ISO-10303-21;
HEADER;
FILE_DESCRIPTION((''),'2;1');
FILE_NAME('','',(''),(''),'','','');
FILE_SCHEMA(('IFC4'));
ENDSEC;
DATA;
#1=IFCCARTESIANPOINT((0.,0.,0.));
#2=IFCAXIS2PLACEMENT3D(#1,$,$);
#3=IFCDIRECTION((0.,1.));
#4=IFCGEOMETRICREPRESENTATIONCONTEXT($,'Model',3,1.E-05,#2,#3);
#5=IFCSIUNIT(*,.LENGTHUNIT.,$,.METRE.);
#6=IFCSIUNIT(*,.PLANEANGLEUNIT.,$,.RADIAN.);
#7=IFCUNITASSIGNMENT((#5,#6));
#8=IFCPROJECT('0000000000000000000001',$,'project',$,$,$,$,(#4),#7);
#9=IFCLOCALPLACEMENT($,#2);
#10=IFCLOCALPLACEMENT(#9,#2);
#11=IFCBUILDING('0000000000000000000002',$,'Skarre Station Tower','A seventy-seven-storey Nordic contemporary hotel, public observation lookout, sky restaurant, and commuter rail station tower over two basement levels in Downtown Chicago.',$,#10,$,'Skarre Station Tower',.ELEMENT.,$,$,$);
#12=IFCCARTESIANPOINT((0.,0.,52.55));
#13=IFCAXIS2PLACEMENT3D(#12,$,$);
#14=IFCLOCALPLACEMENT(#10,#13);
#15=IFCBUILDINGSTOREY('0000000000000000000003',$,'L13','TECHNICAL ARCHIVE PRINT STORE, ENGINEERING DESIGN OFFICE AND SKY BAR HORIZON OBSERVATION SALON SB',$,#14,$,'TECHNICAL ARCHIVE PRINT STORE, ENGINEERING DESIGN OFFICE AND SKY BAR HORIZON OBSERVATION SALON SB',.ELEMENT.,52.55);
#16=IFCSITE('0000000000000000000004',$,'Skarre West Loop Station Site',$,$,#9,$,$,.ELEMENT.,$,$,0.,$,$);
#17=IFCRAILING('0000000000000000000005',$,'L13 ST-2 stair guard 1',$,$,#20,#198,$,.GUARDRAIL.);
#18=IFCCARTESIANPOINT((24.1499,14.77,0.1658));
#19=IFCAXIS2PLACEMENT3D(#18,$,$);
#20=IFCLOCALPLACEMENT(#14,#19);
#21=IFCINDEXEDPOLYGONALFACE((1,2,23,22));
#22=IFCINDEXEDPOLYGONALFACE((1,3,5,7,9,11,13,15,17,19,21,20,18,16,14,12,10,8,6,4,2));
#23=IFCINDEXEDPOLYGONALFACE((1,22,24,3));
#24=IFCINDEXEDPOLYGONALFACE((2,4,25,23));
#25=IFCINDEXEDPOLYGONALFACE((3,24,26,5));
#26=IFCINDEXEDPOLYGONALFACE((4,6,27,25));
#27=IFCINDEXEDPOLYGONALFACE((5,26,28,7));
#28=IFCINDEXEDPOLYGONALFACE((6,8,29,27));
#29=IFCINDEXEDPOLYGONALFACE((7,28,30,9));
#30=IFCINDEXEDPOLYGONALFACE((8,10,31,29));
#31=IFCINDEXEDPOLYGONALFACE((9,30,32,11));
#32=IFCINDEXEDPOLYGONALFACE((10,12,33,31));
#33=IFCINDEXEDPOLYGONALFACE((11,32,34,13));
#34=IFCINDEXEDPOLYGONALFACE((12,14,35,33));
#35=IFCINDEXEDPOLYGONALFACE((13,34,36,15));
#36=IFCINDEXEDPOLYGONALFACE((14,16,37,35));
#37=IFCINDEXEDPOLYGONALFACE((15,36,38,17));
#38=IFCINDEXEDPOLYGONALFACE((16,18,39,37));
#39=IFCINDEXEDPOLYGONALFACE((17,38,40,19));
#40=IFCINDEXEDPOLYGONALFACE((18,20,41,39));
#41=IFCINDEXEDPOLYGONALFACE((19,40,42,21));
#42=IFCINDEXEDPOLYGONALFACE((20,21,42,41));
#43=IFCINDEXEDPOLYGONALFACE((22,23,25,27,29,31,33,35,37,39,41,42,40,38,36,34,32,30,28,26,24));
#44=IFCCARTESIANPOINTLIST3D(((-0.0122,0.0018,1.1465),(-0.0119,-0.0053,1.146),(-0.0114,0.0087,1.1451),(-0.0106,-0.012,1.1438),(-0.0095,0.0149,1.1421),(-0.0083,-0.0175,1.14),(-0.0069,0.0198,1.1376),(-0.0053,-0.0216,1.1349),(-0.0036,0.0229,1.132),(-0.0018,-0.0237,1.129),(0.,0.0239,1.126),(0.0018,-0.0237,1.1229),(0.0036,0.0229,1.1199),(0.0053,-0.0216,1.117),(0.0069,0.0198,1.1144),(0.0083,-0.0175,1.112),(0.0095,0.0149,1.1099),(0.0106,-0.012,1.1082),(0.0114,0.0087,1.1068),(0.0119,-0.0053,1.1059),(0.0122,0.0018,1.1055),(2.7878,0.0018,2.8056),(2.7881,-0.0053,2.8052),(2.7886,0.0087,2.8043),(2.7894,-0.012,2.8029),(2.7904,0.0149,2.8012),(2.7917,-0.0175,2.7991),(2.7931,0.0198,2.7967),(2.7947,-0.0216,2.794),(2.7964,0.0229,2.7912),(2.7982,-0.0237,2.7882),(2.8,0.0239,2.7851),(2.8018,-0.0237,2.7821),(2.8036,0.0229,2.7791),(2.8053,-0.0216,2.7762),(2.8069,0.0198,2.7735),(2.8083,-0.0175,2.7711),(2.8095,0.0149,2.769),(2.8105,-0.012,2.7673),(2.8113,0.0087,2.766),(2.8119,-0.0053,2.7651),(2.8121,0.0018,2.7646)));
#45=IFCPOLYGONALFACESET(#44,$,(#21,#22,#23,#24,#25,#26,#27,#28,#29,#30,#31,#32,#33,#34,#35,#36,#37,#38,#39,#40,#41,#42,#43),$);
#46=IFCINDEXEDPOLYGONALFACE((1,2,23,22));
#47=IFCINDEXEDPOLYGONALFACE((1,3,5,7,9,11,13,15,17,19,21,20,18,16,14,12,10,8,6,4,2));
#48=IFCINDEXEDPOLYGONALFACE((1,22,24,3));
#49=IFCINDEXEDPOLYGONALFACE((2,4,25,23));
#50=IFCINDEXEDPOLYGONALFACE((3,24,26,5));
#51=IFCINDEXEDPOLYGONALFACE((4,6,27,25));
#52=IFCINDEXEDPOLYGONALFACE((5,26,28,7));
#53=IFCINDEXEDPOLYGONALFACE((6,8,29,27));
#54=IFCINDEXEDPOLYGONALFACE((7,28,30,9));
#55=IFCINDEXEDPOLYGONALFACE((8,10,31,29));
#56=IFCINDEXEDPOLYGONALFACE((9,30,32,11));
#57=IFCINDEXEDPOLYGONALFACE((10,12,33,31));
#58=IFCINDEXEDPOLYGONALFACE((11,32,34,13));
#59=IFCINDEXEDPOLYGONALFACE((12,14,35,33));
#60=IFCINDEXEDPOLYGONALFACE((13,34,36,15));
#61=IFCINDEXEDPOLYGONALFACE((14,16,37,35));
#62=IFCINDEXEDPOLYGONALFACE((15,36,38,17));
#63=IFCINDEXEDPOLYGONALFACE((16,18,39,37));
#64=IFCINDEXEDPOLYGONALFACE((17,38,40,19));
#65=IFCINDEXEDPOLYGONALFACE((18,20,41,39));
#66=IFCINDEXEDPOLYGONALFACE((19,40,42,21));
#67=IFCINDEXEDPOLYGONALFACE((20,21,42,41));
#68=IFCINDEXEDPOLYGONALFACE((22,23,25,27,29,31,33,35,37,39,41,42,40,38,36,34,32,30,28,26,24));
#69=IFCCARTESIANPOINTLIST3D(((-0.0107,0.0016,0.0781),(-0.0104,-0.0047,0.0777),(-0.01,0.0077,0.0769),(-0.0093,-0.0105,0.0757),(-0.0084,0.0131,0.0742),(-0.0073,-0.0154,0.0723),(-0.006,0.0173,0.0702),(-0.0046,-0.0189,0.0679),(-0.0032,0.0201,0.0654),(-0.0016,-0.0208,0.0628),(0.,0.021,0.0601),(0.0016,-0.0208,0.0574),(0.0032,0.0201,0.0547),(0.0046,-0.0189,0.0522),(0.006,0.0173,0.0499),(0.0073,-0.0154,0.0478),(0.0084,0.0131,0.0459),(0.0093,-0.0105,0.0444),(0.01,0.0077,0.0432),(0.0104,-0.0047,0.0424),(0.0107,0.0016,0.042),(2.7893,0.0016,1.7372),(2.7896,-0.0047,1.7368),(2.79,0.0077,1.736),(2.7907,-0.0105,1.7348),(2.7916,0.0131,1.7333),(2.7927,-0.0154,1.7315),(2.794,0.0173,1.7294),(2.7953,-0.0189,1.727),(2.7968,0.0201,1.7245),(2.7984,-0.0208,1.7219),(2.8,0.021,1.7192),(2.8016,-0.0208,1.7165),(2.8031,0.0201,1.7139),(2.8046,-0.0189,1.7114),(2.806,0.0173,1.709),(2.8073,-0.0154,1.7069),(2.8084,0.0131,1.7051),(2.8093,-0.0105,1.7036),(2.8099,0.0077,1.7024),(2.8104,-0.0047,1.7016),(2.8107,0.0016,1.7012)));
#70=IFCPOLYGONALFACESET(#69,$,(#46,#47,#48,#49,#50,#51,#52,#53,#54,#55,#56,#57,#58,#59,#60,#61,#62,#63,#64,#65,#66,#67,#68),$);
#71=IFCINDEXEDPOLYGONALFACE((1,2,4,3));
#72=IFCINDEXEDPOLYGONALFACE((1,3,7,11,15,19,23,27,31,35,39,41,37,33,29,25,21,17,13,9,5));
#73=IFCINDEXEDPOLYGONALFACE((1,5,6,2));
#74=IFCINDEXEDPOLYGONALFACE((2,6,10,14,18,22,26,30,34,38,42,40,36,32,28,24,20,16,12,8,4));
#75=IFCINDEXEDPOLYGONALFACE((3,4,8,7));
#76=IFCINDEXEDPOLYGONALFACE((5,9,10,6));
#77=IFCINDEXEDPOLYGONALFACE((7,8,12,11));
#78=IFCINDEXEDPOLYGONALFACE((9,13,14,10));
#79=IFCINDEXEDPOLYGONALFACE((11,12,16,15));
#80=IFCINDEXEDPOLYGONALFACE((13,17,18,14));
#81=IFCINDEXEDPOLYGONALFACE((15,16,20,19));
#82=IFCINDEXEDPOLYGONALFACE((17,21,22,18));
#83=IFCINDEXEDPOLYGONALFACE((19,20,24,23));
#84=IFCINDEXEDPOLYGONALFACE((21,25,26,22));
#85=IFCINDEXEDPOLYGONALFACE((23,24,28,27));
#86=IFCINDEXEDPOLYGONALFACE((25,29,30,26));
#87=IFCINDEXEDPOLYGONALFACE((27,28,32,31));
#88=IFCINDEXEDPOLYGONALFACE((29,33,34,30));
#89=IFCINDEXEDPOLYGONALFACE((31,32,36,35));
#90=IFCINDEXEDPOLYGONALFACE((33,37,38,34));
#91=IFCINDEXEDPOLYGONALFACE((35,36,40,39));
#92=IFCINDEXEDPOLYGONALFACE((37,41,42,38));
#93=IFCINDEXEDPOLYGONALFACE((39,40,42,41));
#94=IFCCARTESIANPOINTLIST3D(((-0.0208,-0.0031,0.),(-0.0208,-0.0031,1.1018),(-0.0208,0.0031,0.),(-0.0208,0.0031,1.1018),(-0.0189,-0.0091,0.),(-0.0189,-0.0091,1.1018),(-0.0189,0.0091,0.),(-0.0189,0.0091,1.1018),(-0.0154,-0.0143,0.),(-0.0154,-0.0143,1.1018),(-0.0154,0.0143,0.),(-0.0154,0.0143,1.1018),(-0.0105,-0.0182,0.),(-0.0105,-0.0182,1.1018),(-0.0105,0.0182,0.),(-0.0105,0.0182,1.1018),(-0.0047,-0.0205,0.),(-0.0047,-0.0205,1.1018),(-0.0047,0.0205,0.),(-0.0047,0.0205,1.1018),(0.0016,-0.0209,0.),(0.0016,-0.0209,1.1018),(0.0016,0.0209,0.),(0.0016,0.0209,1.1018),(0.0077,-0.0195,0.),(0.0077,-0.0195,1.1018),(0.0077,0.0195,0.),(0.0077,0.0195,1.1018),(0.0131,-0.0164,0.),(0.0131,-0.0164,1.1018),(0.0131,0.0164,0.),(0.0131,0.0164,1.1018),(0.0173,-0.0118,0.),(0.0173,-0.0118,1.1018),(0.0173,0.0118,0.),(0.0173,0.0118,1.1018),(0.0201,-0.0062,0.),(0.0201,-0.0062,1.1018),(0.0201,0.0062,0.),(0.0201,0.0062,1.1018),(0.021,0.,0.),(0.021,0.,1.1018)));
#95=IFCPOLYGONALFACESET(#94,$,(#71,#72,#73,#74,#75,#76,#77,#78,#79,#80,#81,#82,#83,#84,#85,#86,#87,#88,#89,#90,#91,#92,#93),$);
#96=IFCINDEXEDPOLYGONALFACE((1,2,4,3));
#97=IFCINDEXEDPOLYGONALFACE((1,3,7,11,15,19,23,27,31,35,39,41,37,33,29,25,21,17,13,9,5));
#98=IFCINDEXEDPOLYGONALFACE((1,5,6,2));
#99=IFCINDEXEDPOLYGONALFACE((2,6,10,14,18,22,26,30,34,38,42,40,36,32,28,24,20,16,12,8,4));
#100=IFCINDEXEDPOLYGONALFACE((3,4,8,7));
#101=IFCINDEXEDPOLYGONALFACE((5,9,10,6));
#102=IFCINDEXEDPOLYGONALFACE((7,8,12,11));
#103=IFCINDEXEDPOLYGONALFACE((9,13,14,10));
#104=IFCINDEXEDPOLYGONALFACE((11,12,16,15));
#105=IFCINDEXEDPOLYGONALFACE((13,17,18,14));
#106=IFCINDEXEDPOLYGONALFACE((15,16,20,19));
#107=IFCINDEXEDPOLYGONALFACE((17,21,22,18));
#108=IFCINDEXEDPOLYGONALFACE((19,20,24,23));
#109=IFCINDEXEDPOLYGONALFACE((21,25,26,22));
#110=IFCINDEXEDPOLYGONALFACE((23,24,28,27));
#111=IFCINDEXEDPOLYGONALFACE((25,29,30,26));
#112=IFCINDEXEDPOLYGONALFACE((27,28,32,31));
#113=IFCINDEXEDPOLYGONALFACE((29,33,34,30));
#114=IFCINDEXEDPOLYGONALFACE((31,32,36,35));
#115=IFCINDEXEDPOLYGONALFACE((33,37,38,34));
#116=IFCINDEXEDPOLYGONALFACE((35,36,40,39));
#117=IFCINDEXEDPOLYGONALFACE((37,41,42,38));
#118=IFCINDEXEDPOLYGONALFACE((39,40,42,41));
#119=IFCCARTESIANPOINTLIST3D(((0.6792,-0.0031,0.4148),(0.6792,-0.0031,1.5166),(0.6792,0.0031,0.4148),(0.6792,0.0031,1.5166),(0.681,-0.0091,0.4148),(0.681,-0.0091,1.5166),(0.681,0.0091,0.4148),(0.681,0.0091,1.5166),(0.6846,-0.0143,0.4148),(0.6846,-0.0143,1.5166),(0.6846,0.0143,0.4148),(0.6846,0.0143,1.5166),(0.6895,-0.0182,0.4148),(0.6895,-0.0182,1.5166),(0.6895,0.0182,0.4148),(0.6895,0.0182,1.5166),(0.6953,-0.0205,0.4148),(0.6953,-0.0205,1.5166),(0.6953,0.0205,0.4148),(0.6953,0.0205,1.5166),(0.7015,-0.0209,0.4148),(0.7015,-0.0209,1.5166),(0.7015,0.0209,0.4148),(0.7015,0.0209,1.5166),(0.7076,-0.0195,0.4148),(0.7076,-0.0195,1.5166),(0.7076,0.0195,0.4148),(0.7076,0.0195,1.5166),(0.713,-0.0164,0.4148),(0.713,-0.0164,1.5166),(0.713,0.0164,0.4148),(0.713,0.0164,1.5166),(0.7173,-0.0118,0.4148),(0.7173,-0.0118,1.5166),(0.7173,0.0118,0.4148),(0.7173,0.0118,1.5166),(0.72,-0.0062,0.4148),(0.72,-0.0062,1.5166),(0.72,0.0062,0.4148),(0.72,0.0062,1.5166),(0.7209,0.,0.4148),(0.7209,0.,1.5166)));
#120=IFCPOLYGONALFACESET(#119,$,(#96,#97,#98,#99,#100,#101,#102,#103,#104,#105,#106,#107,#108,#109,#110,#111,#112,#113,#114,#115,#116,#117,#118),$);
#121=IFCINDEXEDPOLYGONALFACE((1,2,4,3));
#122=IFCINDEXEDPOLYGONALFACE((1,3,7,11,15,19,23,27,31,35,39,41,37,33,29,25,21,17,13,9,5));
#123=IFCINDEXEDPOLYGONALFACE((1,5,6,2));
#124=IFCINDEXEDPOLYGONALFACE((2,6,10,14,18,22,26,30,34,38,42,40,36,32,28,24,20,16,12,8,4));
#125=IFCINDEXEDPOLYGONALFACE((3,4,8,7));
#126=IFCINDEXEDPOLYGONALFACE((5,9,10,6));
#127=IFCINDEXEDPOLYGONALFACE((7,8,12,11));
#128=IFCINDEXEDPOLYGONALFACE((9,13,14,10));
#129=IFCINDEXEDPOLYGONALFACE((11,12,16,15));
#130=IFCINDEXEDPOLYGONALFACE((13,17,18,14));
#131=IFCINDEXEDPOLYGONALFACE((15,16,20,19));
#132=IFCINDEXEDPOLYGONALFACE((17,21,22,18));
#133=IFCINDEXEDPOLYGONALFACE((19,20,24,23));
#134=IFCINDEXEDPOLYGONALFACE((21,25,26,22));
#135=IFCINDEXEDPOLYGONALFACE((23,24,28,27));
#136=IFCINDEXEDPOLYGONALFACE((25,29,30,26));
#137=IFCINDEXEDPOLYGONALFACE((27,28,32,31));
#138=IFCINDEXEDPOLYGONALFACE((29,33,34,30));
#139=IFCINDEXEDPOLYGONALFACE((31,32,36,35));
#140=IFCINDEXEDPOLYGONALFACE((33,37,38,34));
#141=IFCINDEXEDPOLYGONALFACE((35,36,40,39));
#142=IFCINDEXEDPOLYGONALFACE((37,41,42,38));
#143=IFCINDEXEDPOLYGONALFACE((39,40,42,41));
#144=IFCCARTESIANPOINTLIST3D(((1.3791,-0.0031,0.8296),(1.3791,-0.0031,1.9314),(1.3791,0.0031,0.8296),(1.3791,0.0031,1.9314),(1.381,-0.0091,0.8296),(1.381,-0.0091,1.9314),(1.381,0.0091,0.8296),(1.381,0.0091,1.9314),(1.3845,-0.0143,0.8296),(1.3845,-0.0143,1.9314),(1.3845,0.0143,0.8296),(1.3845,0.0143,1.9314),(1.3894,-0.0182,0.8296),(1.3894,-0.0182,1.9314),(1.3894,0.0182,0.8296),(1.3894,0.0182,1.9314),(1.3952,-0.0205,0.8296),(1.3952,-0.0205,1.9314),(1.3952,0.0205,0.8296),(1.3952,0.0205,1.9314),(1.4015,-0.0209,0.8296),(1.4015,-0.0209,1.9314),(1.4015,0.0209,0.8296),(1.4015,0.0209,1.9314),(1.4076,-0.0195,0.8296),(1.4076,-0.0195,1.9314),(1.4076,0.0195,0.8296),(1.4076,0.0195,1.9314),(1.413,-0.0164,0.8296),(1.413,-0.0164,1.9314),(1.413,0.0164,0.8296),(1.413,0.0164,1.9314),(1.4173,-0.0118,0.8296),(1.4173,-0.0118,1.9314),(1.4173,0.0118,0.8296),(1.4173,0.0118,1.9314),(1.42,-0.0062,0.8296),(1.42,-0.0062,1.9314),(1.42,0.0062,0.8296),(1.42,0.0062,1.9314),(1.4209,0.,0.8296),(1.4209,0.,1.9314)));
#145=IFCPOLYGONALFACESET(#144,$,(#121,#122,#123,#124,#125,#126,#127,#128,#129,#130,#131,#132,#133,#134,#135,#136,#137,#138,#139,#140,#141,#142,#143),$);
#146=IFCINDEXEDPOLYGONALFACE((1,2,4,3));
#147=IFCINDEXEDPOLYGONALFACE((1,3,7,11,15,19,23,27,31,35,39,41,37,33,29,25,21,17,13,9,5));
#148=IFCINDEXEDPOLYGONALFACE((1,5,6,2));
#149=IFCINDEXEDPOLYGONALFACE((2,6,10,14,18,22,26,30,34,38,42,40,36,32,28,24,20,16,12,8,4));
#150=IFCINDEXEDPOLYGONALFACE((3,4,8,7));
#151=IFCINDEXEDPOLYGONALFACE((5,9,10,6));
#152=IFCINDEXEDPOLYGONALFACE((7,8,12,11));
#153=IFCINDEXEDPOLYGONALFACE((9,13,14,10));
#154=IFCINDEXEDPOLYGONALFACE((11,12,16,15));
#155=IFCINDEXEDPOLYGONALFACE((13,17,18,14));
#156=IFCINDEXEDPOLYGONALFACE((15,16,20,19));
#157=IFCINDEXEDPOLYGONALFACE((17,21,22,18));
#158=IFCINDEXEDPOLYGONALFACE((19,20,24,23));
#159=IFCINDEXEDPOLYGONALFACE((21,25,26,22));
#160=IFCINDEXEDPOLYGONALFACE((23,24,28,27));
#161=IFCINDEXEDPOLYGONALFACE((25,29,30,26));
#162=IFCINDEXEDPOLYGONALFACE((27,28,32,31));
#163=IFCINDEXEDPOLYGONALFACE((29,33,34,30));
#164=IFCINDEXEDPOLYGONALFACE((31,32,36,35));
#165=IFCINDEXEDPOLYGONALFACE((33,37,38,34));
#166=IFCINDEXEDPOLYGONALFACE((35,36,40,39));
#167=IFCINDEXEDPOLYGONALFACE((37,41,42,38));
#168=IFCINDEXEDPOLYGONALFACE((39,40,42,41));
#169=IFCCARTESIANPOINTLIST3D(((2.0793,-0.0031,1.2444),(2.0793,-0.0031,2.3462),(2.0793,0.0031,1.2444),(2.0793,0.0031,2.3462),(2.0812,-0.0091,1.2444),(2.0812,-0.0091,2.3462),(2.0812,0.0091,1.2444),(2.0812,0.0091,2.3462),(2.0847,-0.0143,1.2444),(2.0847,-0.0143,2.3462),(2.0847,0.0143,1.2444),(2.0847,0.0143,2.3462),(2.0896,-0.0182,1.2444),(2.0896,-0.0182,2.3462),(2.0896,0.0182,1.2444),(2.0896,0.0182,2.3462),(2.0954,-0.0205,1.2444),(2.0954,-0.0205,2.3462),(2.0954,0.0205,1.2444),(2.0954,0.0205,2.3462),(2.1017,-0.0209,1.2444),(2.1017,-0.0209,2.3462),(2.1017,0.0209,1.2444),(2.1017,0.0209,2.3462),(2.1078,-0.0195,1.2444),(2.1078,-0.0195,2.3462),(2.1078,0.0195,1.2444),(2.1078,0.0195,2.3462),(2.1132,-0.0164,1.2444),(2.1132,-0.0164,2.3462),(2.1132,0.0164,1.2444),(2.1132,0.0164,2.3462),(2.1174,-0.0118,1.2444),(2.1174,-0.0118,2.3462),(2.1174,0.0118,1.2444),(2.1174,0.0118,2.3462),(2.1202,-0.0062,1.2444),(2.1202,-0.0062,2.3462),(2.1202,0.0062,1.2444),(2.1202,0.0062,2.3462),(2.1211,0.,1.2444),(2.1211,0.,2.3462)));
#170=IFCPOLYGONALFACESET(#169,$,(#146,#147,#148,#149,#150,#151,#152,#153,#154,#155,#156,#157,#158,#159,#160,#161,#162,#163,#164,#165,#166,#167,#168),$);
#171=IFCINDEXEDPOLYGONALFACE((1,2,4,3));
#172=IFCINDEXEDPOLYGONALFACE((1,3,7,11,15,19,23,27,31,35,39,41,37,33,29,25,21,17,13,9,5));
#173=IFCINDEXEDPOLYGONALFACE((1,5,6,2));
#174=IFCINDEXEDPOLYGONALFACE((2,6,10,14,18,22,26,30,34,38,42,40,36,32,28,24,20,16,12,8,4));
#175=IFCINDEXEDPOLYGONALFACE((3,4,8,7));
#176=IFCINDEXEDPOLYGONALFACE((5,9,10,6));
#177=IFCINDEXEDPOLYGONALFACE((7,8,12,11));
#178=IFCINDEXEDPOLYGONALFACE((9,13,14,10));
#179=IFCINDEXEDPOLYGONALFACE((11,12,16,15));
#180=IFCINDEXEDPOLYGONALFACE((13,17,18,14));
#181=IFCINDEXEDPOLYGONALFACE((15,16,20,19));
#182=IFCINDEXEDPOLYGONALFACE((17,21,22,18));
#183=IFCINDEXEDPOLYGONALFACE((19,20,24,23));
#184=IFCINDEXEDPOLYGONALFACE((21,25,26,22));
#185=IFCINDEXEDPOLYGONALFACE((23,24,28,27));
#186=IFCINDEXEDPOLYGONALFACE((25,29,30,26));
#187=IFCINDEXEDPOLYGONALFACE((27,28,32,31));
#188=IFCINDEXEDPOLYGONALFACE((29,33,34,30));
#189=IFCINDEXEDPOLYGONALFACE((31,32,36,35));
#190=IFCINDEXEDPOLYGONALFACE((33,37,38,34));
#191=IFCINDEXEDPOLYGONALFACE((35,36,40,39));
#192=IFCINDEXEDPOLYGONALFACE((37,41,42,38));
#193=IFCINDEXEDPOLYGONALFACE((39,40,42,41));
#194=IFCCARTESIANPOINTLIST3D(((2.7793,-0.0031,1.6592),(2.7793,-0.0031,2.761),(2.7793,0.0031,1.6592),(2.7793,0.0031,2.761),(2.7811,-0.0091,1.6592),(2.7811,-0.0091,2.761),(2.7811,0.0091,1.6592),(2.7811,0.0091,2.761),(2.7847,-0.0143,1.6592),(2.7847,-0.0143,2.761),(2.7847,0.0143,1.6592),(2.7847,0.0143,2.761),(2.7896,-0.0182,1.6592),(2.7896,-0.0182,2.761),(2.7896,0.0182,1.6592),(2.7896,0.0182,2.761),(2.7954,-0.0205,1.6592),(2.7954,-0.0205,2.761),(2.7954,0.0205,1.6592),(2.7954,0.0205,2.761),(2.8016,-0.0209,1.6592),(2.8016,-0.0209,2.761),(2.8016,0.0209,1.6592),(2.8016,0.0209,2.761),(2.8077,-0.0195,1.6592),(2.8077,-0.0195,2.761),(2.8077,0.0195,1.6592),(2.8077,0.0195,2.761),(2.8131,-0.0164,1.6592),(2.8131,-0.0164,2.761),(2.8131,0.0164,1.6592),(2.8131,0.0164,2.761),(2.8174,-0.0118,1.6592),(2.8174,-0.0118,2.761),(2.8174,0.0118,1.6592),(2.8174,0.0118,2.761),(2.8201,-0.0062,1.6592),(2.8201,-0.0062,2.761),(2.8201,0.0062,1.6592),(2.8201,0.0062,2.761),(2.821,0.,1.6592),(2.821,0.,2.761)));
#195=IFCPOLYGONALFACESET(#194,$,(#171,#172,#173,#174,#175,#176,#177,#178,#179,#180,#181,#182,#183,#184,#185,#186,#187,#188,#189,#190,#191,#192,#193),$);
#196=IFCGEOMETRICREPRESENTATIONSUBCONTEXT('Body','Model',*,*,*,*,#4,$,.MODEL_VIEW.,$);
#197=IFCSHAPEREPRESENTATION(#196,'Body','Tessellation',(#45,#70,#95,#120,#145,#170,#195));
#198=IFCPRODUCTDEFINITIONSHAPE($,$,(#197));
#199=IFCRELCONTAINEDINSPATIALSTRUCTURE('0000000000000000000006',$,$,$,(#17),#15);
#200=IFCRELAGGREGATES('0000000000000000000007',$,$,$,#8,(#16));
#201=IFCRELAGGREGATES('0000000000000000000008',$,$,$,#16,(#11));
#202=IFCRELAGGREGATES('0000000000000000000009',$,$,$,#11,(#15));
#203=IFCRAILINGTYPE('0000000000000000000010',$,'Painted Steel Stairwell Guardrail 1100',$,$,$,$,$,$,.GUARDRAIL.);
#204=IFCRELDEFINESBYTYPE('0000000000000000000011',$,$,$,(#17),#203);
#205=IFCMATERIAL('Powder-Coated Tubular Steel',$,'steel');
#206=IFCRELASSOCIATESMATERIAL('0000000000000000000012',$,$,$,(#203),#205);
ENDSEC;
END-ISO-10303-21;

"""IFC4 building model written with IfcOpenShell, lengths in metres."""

from ifc_helpers import new_model, si_unit, direction, frame, origin, origin_2d, place, context, subcontext, project, spatial, circle, extrude, material, type_object, element, save


model = new_model("IFC4")

# Units and contexts
model_context = context("Model", 3, precision=1e-05, world=origin(), true_north=direction((0.0, 1.0)))
body_context = subcontext(model_context, "Body", "Model", "MODEL_VIEW")
ifc_project = project(units=[si_unit("LENGTHUNIT", "METRE"), si_unit("PLANEANGLEUNIT", "RADIAN")], contexts=[model_context])

# Site, building, storey
site_placement = place(None, origin())
site = spatial("IfcSite", under=ifc_project, at=site_placement, Name="Skarre West Loop Station Site", CompositionType="ELEMENT", RefElevation=0.0)
building_placement = place(site_placement, origin())
building = spatial("IfcBuilding", under=site, at=building_placement, Name="Skarre Station Tower", Description="A seventy-seven-storey Nordic contemporary hotel, public observation lookout, sky restaurant, and commuter rail station tower over two basement levels in Downtown Chicago.", LongName="Skarre Station Tower", CompositionType="ELEMENT")
storey_placement = place(building_placement, frame((0.0, 0.0, 52.55)))
storey = spatial("IfcBuildingStorey", under=building, at=storey_placement, Name="L13", Description="TECHNICAL ARCHIVE PRINT STORE, ENGINEERING DESIGN OFFICE AND SKY BAR HORIZON OBSERVATION SALON SB", LongName="TECHNICAL ARCHIVE PRINT STORE, ENGINEERING DESIGN OFFICE AND SKY BAR HORIZON OBSERVATION SALON SB", CompositionType="ELEMENT", Elevation=52.55)

# Railing
ifc_material_1 = material(Name="Powder-Coated Tubular Steel", Category="steel")
railing_type_1 = type_object("IfcRailingType", Name="Painted Steel Stairwell Guardrail 1100", PredefinedType="GUARDRAIL", material=ifc_material_1)
railing_1_placement = place(storey_placement, frame((24.1499, 14.77, 0.1658)))
element("IfcRailing", 1, at=railing_1_placement, inside=storey, type_object=railing_type_1, Name="L13 ST-2 stair guard 1", PredefinedType="GUARDRAIL", context=body_context, shape_type="SweptSolid", body=[
    extrude(circle(Radius=0.0239, at=origin_2d()), frame((0.0, 0.0, 1.126), z_axis=(0.860306, 0.0, 0.509778), x_axis=(0.0, 1.0, 0.0)), (0.0, 0.0, 1.0), 3.2546),
    extrude(circle(Radius=0.021, at=origin_2d()), frame((0.0, 0.0, 0.0601), z_axis=(0.860306, 0.0, 0.509778), x_axis=(0.0, 1.0, 0.0)), (0.0, 0.0, 1.0), 3.2546),
    extrude(circle(Radius=0.021, at=origin_2d()), origin(), (0.0, 0.0, 1.0), 1.1018),
    extrude(circle(Radius=0.021, at=origin_2d()), frame((0.7, 0.0, 0.4148)), (0.0, 0.0, 1.0), 1.1018),
    extrude(circle(Radius=0.021, at=origin_2d()), frame((1.3999, 0.0, 0.8296)), (0.0, 0.0, 1.0), 1.1018),
    extrude(circle(Radius=0.021, at=origin_2d()), frame((2.1001, 0.0, 1.2444)), (0.0, 0.0, 1.0), 1.1018),
    extrude(circle(Radius=0.021, at=origin_2d()), frame((2.8, 0.0, 1.6592)), (0.0, 0.0, 1.0), 1.1018),
])

save(model, "model.ifc")
